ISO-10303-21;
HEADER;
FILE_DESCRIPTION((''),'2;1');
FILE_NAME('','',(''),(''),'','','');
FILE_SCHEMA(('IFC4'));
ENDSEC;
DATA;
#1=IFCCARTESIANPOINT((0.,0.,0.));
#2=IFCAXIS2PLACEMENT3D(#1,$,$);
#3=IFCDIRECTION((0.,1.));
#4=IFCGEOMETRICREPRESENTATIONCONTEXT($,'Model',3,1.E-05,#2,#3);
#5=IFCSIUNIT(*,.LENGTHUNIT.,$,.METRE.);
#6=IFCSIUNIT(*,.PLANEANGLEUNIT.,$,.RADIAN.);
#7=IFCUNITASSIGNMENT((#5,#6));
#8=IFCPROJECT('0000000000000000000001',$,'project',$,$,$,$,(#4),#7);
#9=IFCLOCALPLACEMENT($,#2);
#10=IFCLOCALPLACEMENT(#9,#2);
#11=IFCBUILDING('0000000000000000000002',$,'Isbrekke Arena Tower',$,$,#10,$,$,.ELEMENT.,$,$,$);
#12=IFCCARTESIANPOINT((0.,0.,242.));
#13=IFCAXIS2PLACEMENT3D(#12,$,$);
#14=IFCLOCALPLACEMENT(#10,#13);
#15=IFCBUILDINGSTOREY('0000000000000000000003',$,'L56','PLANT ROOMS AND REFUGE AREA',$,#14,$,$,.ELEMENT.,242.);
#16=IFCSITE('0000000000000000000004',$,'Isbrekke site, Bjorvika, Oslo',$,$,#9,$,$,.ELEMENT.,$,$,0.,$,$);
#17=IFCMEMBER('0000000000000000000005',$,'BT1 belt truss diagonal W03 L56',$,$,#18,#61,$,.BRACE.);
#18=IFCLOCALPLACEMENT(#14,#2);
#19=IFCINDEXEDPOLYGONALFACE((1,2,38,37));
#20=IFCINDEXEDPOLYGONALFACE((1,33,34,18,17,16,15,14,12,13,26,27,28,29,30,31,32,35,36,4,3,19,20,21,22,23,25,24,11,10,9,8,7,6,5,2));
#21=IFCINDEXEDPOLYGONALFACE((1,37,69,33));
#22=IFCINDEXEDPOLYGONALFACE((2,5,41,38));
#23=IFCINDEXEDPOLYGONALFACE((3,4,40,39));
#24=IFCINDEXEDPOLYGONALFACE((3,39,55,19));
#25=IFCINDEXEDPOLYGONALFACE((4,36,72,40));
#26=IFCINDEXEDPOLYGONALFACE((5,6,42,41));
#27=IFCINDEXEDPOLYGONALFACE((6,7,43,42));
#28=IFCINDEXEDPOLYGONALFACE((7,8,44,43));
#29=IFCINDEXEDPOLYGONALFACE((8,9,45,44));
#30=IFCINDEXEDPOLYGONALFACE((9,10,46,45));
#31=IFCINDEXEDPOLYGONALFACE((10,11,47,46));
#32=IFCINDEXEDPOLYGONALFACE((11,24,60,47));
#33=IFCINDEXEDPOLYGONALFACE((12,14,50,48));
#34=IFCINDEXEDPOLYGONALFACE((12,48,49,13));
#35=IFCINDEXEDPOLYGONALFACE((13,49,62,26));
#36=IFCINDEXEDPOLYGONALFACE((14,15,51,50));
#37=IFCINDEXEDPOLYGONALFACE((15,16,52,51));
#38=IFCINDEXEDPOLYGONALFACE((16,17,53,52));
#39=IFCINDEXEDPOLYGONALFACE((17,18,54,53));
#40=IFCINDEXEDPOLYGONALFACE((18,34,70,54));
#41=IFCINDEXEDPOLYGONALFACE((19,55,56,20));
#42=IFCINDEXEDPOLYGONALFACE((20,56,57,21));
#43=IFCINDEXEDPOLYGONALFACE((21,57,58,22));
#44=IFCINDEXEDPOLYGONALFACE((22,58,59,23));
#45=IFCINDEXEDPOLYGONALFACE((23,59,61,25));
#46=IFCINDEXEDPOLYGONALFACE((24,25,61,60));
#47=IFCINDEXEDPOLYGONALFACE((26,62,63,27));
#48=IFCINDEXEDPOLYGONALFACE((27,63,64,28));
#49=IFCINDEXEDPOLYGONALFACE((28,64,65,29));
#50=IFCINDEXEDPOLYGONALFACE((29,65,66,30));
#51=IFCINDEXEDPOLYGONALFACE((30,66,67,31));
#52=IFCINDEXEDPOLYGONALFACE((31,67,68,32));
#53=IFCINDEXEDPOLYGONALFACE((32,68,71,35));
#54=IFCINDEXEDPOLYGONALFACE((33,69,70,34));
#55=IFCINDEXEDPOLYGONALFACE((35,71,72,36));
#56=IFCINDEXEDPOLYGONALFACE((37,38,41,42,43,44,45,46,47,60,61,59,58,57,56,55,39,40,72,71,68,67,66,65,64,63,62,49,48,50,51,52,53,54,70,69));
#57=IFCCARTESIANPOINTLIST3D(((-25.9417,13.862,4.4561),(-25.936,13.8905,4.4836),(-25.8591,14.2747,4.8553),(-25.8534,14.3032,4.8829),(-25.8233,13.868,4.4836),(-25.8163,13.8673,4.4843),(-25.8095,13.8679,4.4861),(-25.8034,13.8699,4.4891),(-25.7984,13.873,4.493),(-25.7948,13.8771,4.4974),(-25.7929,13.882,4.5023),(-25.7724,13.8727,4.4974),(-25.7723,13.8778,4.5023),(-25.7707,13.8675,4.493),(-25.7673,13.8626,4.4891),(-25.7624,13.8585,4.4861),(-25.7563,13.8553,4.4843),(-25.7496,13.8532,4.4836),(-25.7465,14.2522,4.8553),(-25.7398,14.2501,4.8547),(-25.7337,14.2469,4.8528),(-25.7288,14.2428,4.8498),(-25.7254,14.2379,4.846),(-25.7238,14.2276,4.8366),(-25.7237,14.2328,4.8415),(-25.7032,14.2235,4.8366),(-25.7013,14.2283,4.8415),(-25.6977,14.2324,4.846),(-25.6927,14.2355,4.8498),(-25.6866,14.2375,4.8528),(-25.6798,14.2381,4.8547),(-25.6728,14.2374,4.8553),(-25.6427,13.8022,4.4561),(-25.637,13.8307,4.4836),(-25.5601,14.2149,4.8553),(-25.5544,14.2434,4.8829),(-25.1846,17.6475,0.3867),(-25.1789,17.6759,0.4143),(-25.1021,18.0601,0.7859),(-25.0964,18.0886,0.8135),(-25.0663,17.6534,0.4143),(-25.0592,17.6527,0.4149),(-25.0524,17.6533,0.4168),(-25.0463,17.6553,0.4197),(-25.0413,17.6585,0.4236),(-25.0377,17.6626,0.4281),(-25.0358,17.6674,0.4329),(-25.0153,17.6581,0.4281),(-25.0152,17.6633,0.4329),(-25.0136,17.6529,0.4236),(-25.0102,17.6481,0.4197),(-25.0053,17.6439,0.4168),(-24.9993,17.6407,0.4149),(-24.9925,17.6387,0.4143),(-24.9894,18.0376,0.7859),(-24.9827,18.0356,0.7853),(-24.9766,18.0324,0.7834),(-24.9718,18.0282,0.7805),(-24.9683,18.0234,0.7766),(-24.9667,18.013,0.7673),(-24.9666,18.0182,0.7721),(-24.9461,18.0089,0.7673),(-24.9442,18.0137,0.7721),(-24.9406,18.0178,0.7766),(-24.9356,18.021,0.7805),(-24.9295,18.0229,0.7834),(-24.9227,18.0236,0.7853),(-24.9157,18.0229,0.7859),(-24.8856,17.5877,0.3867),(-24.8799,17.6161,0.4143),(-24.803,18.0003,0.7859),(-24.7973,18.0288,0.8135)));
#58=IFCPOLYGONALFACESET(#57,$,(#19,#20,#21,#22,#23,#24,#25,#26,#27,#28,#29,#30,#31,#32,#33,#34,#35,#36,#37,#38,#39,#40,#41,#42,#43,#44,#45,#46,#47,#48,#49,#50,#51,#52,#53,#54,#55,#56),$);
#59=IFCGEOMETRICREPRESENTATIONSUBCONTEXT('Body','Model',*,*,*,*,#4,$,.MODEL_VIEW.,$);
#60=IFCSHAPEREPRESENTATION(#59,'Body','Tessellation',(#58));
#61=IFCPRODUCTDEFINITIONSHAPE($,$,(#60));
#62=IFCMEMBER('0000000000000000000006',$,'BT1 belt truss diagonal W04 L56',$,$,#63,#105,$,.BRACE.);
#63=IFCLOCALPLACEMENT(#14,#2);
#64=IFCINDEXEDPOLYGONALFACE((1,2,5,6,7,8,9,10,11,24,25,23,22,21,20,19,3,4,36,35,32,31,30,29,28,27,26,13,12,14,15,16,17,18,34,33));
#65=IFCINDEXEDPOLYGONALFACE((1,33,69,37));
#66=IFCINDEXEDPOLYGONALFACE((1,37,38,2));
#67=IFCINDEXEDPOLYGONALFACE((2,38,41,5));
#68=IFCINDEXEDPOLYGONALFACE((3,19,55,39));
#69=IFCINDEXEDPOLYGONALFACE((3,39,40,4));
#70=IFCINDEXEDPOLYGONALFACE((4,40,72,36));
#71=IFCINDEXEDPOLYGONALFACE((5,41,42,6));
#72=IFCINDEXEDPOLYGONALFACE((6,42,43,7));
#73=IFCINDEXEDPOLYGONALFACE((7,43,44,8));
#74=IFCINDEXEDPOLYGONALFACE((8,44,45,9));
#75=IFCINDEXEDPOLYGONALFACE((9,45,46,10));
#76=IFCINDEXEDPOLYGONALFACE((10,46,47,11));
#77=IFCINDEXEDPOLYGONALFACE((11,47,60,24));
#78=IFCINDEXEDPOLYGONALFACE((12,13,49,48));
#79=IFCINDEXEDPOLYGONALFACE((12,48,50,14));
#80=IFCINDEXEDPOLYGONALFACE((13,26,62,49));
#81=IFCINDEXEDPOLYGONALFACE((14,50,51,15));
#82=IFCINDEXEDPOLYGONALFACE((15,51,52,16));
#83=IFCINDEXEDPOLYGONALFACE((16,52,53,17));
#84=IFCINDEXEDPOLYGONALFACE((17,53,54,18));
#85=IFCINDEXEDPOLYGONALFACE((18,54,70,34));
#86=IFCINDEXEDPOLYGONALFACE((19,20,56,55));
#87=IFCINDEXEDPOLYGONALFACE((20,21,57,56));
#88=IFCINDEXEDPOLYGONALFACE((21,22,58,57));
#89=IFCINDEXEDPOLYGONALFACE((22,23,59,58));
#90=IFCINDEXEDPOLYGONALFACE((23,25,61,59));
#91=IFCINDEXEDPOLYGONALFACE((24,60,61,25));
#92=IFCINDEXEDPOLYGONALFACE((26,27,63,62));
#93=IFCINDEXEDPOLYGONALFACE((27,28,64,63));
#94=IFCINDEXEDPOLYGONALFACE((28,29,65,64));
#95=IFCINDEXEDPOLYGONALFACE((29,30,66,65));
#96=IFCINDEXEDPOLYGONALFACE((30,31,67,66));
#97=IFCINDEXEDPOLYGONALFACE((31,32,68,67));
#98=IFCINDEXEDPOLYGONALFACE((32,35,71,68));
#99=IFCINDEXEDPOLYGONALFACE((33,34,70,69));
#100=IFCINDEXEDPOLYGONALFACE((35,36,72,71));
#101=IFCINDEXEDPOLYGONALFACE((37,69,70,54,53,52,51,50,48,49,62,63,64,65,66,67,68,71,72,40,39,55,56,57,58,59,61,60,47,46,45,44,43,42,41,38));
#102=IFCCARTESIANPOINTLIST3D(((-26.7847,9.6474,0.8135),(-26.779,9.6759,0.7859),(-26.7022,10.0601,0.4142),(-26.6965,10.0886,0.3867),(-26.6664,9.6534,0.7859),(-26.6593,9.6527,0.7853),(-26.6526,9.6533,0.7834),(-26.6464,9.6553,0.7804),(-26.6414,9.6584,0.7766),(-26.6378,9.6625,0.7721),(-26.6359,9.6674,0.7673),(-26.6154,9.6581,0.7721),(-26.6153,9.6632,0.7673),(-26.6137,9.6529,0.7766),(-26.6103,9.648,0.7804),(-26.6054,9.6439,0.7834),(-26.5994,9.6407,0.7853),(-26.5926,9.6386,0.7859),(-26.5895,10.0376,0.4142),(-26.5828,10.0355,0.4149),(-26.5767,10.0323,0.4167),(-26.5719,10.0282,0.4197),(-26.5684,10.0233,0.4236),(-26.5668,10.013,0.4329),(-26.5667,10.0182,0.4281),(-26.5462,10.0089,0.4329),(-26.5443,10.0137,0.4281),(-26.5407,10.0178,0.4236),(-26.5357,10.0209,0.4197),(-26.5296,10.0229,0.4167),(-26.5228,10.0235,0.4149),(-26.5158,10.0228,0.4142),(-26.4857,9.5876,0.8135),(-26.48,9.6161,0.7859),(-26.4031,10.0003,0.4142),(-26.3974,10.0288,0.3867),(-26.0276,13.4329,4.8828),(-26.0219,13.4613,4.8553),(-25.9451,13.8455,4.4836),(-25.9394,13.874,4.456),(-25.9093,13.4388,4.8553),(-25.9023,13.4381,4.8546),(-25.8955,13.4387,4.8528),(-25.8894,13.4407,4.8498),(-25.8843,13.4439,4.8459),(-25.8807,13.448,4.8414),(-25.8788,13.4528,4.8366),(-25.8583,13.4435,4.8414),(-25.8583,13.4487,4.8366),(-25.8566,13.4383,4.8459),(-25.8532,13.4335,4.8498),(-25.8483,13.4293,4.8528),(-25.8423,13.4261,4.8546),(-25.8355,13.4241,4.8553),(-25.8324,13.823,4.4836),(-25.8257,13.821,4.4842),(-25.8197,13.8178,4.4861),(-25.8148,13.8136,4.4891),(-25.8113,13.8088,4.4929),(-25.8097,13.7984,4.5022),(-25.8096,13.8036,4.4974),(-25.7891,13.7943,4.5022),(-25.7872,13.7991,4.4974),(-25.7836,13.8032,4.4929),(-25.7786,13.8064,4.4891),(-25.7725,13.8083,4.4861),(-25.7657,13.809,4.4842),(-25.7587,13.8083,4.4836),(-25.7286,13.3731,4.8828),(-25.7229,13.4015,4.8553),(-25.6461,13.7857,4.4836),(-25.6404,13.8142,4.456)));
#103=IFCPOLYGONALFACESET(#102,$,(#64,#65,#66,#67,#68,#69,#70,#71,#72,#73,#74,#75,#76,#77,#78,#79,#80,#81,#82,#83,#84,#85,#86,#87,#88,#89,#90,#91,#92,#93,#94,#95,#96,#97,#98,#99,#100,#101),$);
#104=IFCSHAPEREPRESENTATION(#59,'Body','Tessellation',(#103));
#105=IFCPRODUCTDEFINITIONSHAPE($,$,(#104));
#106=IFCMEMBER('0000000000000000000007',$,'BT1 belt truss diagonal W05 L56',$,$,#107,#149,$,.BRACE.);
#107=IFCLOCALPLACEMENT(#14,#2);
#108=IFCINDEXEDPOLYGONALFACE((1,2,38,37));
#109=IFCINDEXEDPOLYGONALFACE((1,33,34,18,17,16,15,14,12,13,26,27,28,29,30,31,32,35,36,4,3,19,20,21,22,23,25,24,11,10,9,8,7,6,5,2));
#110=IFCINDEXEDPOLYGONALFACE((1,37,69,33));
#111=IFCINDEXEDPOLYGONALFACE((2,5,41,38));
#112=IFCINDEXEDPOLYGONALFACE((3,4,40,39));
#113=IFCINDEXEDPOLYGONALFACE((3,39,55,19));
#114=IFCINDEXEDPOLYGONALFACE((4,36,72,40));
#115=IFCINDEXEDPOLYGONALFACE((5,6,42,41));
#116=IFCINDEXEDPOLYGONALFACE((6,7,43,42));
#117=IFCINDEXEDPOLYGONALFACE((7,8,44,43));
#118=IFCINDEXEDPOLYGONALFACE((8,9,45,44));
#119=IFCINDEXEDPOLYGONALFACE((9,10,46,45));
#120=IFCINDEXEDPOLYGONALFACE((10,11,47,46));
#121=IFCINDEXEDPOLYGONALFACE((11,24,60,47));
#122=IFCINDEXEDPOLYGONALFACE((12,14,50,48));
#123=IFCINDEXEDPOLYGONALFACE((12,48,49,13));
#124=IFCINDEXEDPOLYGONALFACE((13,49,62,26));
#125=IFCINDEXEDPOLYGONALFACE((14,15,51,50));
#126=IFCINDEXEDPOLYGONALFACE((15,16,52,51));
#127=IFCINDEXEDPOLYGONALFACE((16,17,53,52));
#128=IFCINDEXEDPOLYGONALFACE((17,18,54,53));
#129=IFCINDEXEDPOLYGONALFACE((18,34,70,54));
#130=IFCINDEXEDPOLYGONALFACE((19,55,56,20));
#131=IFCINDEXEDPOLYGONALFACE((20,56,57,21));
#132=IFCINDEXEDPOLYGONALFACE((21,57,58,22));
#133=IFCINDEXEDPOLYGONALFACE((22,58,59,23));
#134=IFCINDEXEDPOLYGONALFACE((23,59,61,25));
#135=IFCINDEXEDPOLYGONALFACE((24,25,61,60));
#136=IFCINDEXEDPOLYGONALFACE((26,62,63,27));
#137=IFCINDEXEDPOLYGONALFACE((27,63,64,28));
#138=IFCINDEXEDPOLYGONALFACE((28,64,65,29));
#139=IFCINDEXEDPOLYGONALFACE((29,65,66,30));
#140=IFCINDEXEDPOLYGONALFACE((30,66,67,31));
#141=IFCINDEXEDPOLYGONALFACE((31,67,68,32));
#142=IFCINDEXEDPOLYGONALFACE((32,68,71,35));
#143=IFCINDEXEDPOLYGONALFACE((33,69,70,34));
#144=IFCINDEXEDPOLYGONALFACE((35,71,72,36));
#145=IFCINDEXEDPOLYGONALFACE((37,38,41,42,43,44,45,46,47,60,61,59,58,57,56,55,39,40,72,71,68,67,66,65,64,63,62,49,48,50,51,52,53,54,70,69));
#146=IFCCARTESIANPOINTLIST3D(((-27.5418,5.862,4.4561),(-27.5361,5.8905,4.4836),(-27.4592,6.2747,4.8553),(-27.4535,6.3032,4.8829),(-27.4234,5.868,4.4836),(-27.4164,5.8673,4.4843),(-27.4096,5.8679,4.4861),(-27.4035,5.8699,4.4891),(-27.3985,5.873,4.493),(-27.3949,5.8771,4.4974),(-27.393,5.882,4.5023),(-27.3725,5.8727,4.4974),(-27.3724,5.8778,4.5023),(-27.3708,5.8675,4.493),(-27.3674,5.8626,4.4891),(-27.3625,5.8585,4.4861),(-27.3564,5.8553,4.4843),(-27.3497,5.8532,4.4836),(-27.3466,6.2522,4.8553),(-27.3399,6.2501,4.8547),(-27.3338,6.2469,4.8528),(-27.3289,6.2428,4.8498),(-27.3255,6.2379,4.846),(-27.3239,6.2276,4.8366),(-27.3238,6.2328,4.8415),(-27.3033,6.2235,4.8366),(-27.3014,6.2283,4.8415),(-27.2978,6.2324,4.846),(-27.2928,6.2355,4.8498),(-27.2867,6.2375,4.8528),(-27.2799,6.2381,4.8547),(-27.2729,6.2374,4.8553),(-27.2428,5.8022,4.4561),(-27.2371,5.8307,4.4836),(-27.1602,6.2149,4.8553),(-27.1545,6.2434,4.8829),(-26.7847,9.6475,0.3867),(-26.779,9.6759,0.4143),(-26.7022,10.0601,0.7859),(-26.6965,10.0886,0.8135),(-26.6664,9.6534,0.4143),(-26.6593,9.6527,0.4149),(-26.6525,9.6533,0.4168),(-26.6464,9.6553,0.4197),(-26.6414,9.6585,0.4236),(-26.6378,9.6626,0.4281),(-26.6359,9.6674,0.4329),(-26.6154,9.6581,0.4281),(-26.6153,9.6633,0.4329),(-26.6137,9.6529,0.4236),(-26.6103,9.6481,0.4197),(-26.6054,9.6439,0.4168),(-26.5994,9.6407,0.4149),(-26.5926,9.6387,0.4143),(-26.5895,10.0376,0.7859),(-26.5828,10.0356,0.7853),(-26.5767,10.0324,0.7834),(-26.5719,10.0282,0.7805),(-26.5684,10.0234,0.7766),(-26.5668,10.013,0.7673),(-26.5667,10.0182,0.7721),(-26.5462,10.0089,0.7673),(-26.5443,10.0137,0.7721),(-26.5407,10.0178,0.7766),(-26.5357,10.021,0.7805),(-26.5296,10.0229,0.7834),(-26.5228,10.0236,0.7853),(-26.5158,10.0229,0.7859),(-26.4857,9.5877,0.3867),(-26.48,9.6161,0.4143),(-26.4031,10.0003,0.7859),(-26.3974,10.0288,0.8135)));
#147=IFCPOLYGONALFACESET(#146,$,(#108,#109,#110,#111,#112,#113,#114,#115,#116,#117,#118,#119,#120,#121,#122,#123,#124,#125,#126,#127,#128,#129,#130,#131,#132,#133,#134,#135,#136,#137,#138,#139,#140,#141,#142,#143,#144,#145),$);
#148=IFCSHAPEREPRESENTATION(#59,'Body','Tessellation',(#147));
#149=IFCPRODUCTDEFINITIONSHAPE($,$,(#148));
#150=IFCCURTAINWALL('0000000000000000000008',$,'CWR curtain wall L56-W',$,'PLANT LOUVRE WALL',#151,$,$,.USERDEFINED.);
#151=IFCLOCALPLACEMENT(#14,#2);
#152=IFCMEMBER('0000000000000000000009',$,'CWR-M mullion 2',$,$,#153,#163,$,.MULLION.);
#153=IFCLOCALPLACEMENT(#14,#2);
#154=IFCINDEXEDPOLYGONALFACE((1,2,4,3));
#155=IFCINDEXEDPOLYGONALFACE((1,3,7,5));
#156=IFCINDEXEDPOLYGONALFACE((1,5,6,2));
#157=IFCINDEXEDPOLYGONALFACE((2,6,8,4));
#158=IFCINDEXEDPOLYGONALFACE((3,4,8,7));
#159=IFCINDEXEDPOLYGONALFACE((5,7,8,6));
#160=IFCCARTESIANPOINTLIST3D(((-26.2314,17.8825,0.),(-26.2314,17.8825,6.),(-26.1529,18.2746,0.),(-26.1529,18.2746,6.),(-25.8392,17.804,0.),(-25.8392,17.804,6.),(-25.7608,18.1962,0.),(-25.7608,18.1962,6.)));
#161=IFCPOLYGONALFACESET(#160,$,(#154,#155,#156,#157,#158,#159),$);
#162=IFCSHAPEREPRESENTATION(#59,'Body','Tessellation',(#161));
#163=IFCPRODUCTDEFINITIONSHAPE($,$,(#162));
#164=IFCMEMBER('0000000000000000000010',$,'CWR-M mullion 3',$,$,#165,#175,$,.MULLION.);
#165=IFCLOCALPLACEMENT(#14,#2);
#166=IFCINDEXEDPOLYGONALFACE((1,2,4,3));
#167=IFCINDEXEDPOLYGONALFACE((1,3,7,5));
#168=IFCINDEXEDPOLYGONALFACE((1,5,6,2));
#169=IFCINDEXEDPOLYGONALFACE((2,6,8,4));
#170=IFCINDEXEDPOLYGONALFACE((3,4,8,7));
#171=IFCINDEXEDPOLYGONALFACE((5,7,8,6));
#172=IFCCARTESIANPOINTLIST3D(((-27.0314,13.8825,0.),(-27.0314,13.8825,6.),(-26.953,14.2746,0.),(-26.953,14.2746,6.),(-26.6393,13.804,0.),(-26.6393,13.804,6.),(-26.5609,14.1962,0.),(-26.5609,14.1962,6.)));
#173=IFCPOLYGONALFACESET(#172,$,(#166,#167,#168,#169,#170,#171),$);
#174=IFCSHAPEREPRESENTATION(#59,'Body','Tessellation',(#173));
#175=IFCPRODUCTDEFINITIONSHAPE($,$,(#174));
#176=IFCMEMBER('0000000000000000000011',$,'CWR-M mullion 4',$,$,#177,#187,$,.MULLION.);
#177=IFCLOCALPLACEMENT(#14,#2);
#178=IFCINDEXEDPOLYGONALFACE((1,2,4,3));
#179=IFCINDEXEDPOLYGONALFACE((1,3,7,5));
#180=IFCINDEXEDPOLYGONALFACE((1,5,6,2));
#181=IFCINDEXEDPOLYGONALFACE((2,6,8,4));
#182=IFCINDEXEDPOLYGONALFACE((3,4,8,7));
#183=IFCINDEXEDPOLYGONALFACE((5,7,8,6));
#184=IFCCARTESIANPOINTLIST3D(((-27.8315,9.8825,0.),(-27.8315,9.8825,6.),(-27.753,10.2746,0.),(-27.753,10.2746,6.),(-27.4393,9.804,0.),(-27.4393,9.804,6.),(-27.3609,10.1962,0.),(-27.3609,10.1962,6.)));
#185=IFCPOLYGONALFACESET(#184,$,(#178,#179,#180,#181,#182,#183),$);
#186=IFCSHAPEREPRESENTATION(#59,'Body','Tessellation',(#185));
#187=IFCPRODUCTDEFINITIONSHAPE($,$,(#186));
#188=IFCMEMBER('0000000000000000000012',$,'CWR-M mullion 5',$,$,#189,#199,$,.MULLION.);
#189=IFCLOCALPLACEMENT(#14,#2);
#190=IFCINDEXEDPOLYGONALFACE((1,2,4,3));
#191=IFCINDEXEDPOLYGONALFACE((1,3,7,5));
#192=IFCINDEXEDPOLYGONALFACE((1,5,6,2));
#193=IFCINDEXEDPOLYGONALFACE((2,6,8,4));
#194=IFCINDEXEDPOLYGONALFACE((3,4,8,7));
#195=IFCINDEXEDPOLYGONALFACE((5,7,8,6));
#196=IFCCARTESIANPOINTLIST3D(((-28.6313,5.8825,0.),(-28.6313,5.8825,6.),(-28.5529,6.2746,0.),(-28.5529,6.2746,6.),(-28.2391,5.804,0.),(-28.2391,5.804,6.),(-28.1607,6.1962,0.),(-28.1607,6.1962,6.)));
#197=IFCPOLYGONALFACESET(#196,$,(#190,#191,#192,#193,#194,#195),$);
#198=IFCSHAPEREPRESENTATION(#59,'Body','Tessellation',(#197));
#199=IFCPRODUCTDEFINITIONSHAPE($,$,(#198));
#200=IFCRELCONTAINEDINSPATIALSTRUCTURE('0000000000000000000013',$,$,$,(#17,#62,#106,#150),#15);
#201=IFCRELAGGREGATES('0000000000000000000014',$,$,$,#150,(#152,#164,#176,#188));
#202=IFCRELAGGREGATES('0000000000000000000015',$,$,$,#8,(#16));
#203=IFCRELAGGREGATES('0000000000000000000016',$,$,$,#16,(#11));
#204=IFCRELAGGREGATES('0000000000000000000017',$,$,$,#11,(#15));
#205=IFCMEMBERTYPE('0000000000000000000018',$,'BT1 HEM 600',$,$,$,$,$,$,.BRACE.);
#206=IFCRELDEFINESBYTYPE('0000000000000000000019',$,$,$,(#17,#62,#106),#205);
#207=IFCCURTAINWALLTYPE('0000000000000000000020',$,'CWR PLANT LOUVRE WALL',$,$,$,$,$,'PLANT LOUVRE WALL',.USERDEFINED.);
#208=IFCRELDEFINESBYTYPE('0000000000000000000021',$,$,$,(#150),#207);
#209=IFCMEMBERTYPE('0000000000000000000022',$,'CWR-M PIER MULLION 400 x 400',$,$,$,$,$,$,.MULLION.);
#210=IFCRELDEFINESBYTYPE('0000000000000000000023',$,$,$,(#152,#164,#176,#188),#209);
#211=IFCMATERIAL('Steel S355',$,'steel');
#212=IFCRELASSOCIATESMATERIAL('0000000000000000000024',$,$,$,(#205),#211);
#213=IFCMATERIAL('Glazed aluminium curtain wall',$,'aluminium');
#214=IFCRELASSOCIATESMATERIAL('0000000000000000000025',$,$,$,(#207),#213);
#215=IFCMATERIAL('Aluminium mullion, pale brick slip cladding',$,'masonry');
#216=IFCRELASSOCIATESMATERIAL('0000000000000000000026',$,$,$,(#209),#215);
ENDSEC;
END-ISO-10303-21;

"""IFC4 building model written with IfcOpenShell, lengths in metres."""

from ifc_helpers import new_model, si_unit, direction, frame, origin, origin_2d, place, context, subcontext, project, spatial, rectangle, i_section, extrude, material, material_profile, profile_set, type_object, element, aggregate, save


model = new_model("IFC4")

# Units and contexts
model_context = context("Model", 3, precision=1e-05, world=origin(), true_north=direction((0.0, 1.0)))
body_context = subcontext(model_context, "Body", "Model", "MODEL_VIEW")
ifc_project = project(units=[si_unit("LENGTHUNIT", "METRE"), si_unit("PLANEANGLEUNIT", "RADIAN")], contexts=[model_context])

# Site, building, storey
site_placement = place(None, origin())
site = spatial("IfcSite", under=ifc_project, at=site_placement, Name="Isbrekke site, Bjorvika, Oslo", CompositionType="ELEMENT", RefElevation=0.0)
building_placement = place(site_placement, origin())
building = spatial("IfcBuilding", under=site, at=building_placement, Name="Isbrekke Arena Tower", CompositionType="ELEMENT")
storey_placement = place(building_placement, frame((0.0, 0.0, 242.0)))
storey = spatial("IfcBuildingStorey", under=building, at=storey_placement, Name="L56", Description="PLANT ROOMS AND REFUGE AREA", CompositionType="ELEMENT", Elevation=242.0)

# Members
ifc_material_1 = material(Name="Steel S355", Category="steel")
ifc_material_profile_1 = material_profile(ifc_material_1, i_section(OverallWidth=0.3049, OverallDepth=0.6201, WebThickness=0.021, FlangeThickness=0.04, FilletRadius=0.0271, at=origin_2d()), Name="HEM 600")
ifc_profile_set_1 = profile_set([ifc_material_profile_1], Name="Steel S355")
member_type_1 = type_object("IfcMemberType", Name="BT1 HEM 600", PredefinedType="BRACE", material=ifc_profile_set_1)
for number, where, z_axis, x_axis, name in (
    (1, (-24.991, 17.8381, 0.6001), (-0.134974, -0.674869, 0.725489), (0.980581, -0.196116, 0.0), "BT1 belt truss diagonal W03 L56"),
    (2, (-25.834, 13.6235, 4.6694), (-0.134974, -0.674869, -0.725489), (0.980581, -0.196116, 0.0), "BT1 belt truss diagonal W04 L56"),
    (3, (-26.5911, 9.8381, 0.6001), (-0.134974, -0.674869, 0.725489), (0.980581, -0.196116, 0.0), "BT1 belt truss diagonal W05 L56"),
):
    element("IfcMember", number, at=place(storey_placement, frame(where, z_axis=z_axis, x_axis=x_axis)), inside=storey, type_object=member_type_1, Name=name, PredefinedType="BRACE", context=body_context, shape_type="SweptSolid", body=[
        extrude(i_section(OverallWidth=0.3049, OverallDepth=0.6201, WebThickness=0.021, FlangeThickness=0.04, FilletRadius=0.0271, at=origin_2d()), origin(), (0.0, 0.0, 1.0), 5.6091),
    ])

# Curtain wall, members
ifc_material_2 = material(Name="Glazed aluminium curtain wall", Category="aluminium")
curtain_wall_type = type_object("IfcCurtainWallType", Name="CWR PLANT LOUVRE WALL", ElementType="PLANT LOUVRE WALL", PredefinedType="USERDEFINED", material=ifc_material_2)
curtain_wall_placement = place(storey_placement, origin())
curtain_wall = element("IfcCurtainWall", 4, at=curtain_wall_placement, inside=storey, type_object=curtain_wall_type, Name="CWR curtain wall L56-W", ObjectType="PLANT LOUVRE WALL", PredefinedType="USERDEFINED")
ifc_material_3 = material(Name="Aluminium mullion, pale brick slip cladding", Category="masonry")
ifc_material_profile_2 = material_profile(ifc_material_3, rectangle(XDim=0.3999, YDim=0.3999, at=origin_2d()), Name="PIER 400X400")
ifc_profile_set_2 = profile_set([ifc_material_profile_2], Name="Aluminium mullion, pale brick slip cladding")
member_type_2 = type_object("IfcMemberType", Name="CWR-M PIER MULLION 400 x 400", PredefinedType="MULLION", material=ifc_profile_set_2)
member_1_placement = place(storey_placement, frame((-25.9961, 18.0393, 0.0), z_axis=(0.0, 0.0, 1.0), x_axis=(-0.196116, -0.980581, 0.0)))
member_1 = element("IfcMember", 5, at=member_1_placement, type_object=member_type_2, Name="CWR-M mullion 2", PredefinedType="MULLION", context=body_context, shape_type="SweptSolid", body=[
    extrude(rectangle(XDim=0.3999, YDim=0.3999, at=origin_2d()), origin(), (0.0, 0.0, 1.0), 6.0),
])
member_2_placement = place(storey_placement, frame((-26.7961, 14.0393, 0.0), z_axis=(0.0, 0.0, 1.0), x_axis=(-0.196116, -0.980581, 0.0)))
member_2 = element("IfcMember", 6, at=member_2_placement, type_object=member_type_2, Name="CWR-M mullion 3", PredefinedType="MULLION", context=body_context, shape_type="SweptSolid", body=[
    extrude(rectangle(XDim=0.3999, YDim=0.3999, at=origin_2d()), origin(), (0.0, 0.0, 1.0), 6.0),
])
member_3_placement = place(storey_placement, frame((-27.5962, 10.0393, 0.0), z_axis=(0.0, 0.0, 1.0), x_axis=(-0.196116, -0.980581, 0.0)))
member_3 = element("IfcMember", 7, at=member_3_placement, type_object=member_type_2, Name="CWR-M mullion 4", PredefinedType="MULLION", context=body_context, shape_type="SweptSolid", body=[
    extrude(rectangle(XDim=0.3999, YDim=0.3999, at=origin_2d()), origin(), (0.0, 0.0, 1.0), 6.0),
])
member_4_placement = place(storey_placement, frame((-28.396, 6.0393, 0.0), z_axis=(0.0, 0.0, 1.0), x_axis=(-0.196116, -0.980581, 0.0)))
member_4 = element("IfcMember", 8, at=member_4_placement, type_object=member_type_2, Name="CWR-M mullion 5", PredefinedType="MULLION", context=body_context, shape_type="SweptSolid", body=[
    extrude(rectangle(XDim=0.3999, YDim=0.3999, at=origin_2d()), origin(), (0.0, 0.0, 1.0), 6.0),
])

aggregate(curtain_wall, [member_1, member_2, member_3, member_4])

save(model, "model.ifc")
